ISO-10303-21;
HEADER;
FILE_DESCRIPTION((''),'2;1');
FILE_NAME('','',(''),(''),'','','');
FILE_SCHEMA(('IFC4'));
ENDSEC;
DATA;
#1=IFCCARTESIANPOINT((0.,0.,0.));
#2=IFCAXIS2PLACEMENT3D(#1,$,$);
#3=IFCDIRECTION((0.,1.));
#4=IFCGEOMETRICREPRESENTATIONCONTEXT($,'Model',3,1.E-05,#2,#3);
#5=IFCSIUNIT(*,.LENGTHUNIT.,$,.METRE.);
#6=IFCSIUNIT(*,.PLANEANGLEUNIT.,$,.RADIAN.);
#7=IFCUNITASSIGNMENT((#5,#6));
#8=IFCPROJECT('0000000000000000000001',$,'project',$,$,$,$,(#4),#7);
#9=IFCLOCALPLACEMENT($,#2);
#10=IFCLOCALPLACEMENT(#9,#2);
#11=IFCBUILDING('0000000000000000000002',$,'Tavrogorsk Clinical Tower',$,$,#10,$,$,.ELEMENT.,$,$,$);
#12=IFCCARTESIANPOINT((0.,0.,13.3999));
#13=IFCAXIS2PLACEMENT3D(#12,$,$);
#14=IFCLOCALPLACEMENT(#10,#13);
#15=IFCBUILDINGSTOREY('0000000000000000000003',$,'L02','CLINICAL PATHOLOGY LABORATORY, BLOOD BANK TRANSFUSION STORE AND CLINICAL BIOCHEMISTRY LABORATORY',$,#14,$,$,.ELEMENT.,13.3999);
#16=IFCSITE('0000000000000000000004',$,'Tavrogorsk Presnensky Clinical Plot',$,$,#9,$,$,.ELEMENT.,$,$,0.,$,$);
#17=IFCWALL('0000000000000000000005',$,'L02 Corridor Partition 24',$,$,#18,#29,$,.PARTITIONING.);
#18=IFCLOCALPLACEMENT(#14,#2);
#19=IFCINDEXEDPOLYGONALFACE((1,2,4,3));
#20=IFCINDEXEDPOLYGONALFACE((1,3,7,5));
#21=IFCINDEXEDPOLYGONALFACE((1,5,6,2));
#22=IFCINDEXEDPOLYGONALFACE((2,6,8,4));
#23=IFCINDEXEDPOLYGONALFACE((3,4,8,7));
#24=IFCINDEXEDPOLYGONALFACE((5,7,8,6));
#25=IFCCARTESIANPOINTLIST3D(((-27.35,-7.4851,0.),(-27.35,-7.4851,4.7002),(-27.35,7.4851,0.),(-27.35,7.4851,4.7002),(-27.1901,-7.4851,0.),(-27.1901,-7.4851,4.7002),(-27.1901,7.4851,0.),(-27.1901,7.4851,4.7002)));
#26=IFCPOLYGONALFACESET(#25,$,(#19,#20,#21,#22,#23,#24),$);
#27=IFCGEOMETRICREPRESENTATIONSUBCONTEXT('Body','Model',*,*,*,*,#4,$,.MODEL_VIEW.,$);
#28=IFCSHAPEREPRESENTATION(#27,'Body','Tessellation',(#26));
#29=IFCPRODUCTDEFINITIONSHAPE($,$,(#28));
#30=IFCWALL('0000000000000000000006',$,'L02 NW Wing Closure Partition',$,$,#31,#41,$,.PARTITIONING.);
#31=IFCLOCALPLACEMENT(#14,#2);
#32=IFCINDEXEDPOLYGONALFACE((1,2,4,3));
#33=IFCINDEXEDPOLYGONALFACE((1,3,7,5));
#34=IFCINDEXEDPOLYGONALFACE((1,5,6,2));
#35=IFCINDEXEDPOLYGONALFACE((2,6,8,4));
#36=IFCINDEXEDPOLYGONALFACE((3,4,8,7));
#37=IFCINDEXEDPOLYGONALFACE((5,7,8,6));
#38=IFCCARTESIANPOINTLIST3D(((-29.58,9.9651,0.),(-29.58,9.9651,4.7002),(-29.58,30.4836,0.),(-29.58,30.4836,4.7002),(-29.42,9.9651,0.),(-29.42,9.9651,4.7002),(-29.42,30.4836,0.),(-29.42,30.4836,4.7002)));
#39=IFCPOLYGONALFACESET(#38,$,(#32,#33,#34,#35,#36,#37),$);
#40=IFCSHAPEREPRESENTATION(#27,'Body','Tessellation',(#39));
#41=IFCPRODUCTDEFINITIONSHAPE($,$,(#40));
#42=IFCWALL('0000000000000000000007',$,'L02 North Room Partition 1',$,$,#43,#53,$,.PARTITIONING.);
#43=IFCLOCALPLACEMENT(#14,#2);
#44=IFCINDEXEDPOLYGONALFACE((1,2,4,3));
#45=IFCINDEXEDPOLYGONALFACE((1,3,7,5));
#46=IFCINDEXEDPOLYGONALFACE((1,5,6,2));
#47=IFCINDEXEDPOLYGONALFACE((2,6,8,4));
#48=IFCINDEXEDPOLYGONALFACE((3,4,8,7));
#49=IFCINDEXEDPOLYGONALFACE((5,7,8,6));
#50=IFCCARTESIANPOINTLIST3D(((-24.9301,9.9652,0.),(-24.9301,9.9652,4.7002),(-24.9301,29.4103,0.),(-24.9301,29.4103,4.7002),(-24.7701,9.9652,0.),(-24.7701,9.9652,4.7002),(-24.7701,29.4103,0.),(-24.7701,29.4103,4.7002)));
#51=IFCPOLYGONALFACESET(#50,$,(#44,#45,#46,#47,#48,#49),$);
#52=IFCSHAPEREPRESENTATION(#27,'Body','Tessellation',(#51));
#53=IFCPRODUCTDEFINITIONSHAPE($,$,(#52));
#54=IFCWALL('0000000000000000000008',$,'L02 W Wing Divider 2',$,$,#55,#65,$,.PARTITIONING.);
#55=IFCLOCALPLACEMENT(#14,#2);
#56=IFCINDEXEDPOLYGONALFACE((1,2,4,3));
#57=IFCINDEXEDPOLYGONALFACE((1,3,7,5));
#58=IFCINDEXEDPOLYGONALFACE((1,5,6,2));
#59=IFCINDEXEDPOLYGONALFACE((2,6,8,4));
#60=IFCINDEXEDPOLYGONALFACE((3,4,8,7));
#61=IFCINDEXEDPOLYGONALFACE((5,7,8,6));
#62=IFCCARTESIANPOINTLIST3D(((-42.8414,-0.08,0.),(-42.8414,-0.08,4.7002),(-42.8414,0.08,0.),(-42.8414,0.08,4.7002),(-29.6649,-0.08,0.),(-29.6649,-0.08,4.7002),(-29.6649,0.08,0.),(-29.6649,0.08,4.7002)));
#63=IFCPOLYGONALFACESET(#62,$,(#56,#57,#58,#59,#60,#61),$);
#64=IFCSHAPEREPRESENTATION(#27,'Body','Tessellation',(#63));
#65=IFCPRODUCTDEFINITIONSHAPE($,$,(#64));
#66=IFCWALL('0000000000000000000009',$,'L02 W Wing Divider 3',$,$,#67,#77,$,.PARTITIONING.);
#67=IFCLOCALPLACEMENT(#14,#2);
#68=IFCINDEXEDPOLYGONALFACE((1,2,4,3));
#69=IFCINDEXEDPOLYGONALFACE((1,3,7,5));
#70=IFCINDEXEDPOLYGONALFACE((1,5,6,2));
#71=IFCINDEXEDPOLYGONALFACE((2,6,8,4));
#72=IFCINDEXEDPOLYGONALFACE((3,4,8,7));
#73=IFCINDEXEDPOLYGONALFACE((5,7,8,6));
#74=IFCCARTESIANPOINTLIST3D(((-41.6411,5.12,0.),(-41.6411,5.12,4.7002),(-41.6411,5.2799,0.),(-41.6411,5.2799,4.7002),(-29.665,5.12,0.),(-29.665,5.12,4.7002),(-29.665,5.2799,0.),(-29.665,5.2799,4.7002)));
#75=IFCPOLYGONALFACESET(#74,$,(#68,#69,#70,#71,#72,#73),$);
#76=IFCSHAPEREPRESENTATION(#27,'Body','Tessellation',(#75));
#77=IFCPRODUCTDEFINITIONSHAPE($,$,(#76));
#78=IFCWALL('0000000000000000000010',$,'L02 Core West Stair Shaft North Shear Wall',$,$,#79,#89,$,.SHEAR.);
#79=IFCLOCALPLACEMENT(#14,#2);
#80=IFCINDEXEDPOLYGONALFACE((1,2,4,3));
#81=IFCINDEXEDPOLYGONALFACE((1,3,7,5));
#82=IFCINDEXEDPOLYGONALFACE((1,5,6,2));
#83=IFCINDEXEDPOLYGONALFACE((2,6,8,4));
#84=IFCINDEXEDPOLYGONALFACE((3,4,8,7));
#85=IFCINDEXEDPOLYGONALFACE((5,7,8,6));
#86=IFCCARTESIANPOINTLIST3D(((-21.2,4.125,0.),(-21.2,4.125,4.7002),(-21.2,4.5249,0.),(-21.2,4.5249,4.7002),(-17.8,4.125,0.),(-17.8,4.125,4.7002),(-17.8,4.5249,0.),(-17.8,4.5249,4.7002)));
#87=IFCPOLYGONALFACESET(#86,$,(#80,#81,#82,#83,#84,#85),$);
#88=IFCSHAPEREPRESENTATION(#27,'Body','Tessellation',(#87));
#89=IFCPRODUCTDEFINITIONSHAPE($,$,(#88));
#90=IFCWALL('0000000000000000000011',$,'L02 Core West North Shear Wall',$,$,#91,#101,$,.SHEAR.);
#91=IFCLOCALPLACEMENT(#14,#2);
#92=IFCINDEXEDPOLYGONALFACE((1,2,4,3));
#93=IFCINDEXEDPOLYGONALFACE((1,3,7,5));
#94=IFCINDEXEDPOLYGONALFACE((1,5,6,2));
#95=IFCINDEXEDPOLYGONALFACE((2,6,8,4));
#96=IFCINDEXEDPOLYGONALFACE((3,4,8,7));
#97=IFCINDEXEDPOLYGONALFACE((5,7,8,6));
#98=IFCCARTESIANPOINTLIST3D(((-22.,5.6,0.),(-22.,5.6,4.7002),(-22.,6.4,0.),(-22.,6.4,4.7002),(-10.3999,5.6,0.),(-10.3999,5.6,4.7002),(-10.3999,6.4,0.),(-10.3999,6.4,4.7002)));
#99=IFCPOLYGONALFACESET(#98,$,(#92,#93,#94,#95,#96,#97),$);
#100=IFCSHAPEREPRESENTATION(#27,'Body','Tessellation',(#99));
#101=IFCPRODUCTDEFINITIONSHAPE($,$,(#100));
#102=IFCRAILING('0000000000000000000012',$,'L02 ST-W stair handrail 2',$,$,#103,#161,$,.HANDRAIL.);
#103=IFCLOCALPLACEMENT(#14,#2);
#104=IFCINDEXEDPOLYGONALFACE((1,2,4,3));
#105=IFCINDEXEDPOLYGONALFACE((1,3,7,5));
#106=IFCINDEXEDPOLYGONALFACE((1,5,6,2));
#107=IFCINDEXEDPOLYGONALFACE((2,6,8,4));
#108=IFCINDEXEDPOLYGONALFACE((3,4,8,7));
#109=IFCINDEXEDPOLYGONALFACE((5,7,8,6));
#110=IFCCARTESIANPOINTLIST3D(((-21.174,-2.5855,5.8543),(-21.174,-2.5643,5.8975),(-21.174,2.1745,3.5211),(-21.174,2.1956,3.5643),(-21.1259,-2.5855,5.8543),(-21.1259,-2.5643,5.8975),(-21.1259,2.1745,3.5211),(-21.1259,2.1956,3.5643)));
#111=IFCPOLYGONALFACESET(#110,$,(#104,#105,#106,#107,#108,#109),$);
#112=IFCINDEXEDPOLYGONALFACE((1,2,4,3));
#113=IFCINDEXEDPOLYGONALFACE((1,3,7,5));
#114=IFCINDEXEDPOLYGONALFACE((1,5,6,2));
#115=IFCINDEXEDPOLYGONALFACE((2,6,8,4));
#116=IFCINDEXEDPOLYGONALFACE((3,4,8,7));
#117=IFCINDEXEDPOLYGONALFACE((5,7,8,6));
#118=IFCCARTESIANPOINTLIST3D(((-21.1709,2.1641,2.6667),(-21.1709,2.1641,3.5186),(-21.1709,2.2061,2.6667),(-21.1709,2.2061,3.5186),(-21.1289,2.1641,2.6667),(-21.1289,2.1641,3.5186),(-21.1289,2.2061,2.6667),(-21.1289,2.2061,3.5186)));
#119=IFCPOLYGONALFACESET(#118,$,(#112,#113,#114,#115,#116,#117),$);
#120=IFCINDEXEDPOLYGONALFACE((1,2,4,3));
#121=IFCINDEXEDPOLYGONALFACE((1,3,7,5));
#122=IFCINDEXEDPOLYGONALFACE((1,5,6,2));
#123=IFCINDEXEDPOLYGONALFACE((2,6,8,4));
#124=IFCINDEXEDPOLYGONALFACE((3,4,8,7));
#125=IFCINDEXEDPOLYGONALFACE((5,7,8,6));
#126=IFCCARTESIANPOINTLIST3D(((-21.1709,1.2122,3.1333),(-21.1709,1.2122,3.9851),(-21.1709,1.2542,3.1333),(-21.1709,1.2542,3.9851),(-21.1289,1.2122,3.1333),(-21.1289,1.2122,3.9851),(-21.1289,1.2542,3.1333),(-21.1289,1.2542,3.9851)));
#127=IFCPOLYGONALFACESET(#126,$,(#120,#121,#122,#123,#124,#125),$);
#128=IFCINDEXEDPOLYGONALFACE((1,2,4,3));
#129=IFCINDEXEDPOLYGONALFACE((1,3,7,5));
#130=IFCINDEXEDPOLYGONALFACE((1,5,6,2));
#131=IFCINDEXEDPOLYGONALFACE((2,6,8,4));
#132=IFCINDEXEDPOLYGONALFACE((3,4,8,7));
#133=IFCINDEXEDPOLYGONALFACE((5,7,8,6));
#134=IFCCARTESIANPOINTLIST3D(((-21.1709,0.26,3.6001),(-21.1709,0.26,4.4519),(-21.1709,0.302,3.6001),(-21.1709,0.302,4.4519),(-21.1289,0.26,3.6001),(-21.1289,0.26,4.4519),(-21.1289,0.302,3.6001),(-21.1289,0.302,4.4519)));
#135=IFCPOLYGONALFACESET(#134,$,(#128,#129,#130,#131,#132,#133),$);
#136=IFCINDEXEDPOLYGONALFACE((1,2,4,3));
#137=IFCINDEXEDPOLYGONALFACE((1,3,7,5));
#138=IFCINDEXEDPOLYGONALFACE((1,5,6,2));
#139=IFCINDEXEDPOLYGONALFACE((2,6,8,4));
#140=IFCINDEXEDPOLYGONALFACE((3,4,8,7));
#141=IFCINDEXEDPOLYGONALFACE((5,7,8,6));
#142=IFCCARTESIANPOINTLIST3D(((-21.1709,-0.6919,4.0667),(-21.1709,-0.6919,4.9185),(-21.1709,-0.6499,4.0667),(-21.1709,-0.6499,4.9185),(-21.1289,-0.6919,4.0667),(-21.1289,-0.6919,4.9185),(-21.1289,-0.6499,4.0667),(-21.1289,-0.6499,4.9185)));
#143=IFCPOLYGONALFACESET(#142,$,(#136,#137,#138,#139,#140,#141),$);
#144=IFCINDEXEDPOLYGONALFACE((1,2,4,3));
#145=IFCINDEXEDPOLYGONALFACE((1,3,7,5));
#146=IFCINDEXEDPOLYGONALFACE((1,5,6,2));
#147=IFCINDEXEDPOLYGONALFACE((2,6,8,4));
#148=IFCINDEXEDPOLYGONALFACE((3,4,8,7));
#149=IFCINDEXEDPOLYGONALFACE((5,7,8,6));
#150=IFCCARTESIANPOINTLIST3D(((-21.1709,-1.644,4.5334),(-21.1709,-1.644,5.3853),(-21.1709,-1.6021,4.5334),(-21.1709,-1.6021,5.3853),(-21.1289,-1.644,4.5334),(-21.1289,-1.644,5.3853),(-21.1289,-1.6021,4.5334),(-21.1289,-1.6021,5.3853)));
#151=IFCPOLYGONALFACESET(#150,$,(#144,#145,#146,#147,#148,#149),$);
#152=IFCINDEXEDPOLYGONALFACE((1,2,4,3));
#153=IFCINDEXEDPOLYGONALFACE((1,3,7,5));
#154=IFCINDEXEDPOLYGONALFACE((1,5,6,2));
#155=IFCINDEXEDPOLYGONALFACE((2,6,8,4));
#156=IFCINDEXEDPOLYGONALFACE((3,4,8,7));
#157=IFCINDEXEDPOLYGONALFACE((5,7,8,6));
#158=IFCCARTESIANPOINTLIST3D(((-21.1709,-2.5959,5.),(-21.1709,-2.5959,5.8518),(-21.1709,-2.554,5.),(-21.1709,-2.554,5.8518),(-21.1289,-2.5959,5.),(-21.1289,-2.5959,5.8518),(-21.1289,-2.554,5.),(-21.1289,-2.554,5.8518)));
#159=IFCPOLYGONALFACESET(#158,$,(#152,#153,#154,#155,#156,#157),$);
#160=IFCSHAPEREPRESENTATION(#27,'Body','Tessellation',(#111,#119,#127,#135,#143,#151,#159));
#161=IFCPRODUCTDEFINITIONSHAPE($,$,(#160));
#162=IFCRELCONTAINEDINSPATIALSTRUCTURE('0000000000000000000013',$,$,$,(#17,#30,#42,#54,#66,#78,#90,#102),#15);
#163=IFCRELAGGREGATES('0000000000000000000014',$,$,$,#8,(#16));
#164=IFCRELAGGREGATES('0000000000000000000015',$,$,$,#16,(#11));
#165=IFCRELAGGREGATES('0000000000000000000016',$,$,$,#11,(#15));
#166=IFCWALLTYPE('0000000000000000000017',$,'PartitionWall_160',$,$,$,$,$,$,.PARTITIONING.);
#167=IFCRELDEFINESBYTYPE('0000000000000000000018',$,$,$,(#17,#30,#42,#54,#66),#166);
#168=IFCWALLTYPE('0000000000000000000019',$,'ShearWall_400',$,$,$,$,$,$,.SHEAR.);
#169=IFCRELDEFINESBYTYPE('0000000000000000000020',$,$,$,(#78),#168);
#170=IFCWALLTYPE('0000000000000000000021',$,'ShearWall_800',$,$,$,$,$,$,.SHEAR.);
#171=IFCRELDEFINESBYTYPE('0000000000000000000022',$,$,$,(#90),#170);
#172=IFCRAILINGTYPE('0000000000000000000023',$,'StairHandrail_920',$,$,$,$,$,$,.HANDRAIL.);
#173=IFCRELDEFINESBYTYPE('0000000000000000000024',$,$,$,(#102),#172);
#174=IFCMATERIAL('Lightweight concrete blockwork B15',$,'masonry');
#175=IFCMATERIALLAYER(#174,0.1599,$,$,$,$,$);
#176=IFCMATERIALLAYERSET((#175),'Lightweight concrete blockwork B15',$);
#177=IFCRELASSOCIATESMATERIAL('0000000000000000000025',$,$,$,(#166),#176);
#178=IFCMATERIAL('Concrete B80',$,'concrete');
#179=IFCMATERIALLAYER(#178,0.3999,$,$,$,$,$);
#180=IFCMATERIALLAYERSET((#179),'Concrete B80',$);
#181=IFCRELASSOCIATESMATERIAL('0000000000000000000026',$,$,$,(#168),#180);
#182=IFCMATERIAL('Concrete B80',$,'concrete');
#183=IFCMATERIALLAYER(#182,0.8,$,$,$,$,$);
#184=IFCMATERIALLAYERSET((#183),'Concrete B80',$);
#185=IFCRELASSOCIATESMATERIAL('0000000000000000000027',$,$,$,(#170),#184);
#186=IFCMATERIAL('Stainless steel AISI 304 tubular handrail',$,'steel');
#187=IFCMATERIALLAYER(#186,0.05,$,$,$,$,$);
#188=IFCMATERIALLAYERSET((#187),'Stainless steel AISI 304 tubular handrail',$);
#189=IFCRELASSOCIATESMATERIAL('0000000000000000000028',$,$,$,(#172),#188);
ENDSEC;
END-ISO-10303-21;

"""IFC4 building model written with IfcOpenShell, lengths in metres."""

from ifc_helpers import new_model, si_unit, direction, frame, frame_2d, origin, origin_2d, place, context, subcontext, project, spatial, rectangle, extrude, material, layer, layer_set, type_object, element, save


model = new_model("IFC4")

# Units and contexts
model_context = context("Model", 3, precision=1e-05, world=origin(), true_north=direction((0.0, 1.0)))
body_context = subcontext(model_context, "Body", "Model", "MODEL_VIEW")
ifc_project = project(units=[si_unit("LENGTHUNIT", "METRE"), si_unit("PLANEANGLEUNIT", "RADIAN")], contexts=[model_context])

# Site, building, storey
site_placement = place(None, origin())
site = spatial("IfcSite", under=ifc_project, at=site_placement, Name="Tavrogorsk Presnensky Clinical Plot", CompositionType="ELEMENT", RefElevation=0.0)
building_placement = place(site_placement, origin())
building = spatial("IfcBuilding", under=site, at=building_placement, Name="Tavrogorsk Clinical Tower", CompositionType="ELEMENT")
storey_placement = place(building_placement, frame((0.0, 0.0, 13.3999)))
storey = spatial("IfcBuildingStorey", under=building, at=storey_placement, Name="L02", Description="CLINICAL PATHOLOGY LABORATORY, BLOOD BANK TRANSFUSION STORE AND CLINICAL BIOCHEMISTRY LABORATORY", CompositionType="ELEMENT", Elevation=13.3999)

# Shared definitions
ifc_material_1 = material(Name="Lightweight concrete blockwork B15", Category="masonry")
ifc_layer_1 = layer(ifc_material_1, 0.1599)
ifc_layer_set_1 = layer_set([ifc_layer_1], Name="Lightweight concrete blockwork B15")
wall_type_1 = type_object("IfcWallType", Name="PartitionWall_160", PredefinedType="PARTITIONING", material=ifc_layer_set_1)

# Walls
wall_1_placement = place(storey_placement, frame((-27.27, 7.4851, 0.0), z_axis=(0.0, 0.0, 1.0), x_axis=(0.0, -1.0, 0.0)))
element("IfcWall", 1, at=wall_1_placement, inside=storey, type_object=wall_type_1, Name="L02 Corridor Partition 24", PredefinedType="PARTITIONING", context=body_context, shape_type="SweptSolid", body=[
    extrude(rectangle(XDim=14.9702, YDim=0.1599, at=frame_2d((7.4851, 0.0))), origin(), (0.0, 0.0, 1.0), 4.7002),
])
wall_2_placement = place(storey_placement, frame((-29.5, 9.9651, 0.0), z_axis=(0.0, 0.0, 1.0), x_axis=(0.0, 1.0, 0.0)))
element("IfcWall", 2, at=wall_2_placement, inside=storey, type_object=wall_type_1, Name="L02 NW Wing Closure Partition", PredefinedType="PARTITIONING", context=body_context, shape_type="SweptSolid", body=[
    extrude(rectangle(XDim=20.5186, YDim=0.1599, at=frame_2d((10.2593, 0.0))), origin(), (0.0, 0.0, 1.0), 4.7002),
])
wall_3_placement = place(storey_placement, frame((-24.8501, 9.9651, 0.0), z_axis=(0.0, 0.0, 1.0), x_axis=(0.0, 1.0, 0.0)))
element("IfcWall", 3, at=wall_3_placement, inside=storey, type_object=wall_type_1, Name="L02 North Room Partition 1", PredefinedType="PARTITIONING", context=body_context, shape_type="SweptSolid", body=[
    extrude(rectangle(XDim=19.4451, YDim=0.1599, at=frame_2d((9.7227, 0.0))), origin(), (0.0, 0.0, 1.0), 4.7002),
])
wall_4_placement = place(storey_placement, frame((-42.8416, 0.0, 0.0), z_axis=(0.0, 0.0, 1.0), x_axis=(1.0, 0.0, 0.0)))
element("IfcWall", 4, at=wall_4_placement, inside=storey, type_object=wall_type_1, Name="L02 W Wing Divider 2", PredefinedType="PARTITIONING", context=body_context, shape_type="SweptSolid", body=[
    extrude(rectangle(XDim=13.1765, YDim=0.1599, at=frame_2d((6.5884, 0.0))), origin(), (0.0, 0.0, 1.0), 4.7002),
])
wall_5_placement = place(storey_placement, frame((-41.6411, 5.2, 0.0), z_axis=(0.0, 0.0, 1.0), x_axis=(1.0, 0.0, 0.0)))
element("IfcWall", 5, at=wall_5_placement, inside=storey, type_object=wall_type_1, Name="L02 W Wing Divider 3", PredefinedType="PARTITIONING", context=body_context, shape_type="SweptSolid", body=[
    extrude(rectangle(XDim=11.9761, YDim=0.1599, at=frame_2d((5.988, 0.0))), origin(), (0.0, 0.0, 1.0), 4.7002),
])
ifc_material_2 = material(Name="Concrete B80", Category="concrete")
ifc_layer_2 = layer(ifc_material_2, 0.3999)
ifc_layer_set_2 = layer_set([ifc_layer_2], Name="Concrete B80")
wall_type_2 = type_object("IfcWallType", Name="ShearWall_400", PredefinedType="SHEAR", material=ifc_layer_set_2)
wall_6_placement = place(storey_placement, frame((-21.2, 4.325, 0.0), z_axis=(0.0, 0.0, 1.0), x_axis=(1.0, 0.0, 0.0)))
element("IfcWall", 6, at=wall_6_placement, inside=storey, type_object=wall_type_2, Name="L02 Core West Stair Shaft North Shear Wall", PredefinedType="SHEAR", context=body_context, shape_type="SweptSolid", body=[
    extrude(rectangle(XDim=3.3999, YDim=0.3999, at=frame_2d((1.7, 0.0))), origin(), (0.0, 0.0, 1.0), 4.7002),
])
ifc_material_3 = material(Name="Concrete B80", Category="concrete")
ifc_layer_3 = layer(ifc_material_3, 0.8)
ifc_layer_set_3 = layer_set([ifc_layer_3], Name="Concrete B80")
wall_type_3 = type_object("IfcWallType", Name="ShearWall_800", PredefinedType="SHEAR", material=ifc_layer_set_3)
wall_7_placement = place(storey_placement, frame((-22.0, 6.0, 0.0), z_axis=(0.0, 0.0, 1.0), x_axis=(1.0, 0.0, 0.0)))
element("IfcWall", 7, at=wall_7_placement, inside=storey, type_object=wall_type_3, Name="L02 Core West North Shear Wall", PredefinedType="SHEAR", context=body_context, shape_type="SweptSolid", body=[
    extrude(rectangle(XDim=11.6001, YDim=0.8, at=frame_2d((5.8, 0.0))), origin(), (0.0, 0.0, 1.0), 4.7002),
])

# Railing
ifc_material_4 = material(Name="Stainless steel AISI 304 tubular handrail", Category="steel")
ifc_layer_4 = layer(ifc_material_4, 0.05)
ifc_layer_set_4 = layer_set([ifc_layer_4], Name="Stainless steel AISI 304 tubular handrail")
railing_type = type_object("IfcRailingType", Name="StairHandrail_920", PredefinedType="HANDRAIL", material=ifc_layer_set_4)
railing_placement = place(storey_placement, frame((-21.1499, 2.1851, 2.6667)))
element("IfcRailing", 8, at=railing_placement, inside=storey, type_object=railing_type, Name="L02 ST-W stair handrail 2", PredefinedType="HANDRAIL", context=body_context, shape_type="SweptSolid", body=[
    extrude(rectangle(XDim=0.0481, YDim=0.0481, at=origin_2d()), frame((0.0, 0.0, 0.876), z_axis=(0.0, -0.897927, 0.440144), x_axis=(1.0, 0.0, 0.0)), (0.0, 0.0, 1.0), 5.301),
    extrude(rectangle(XDim=0.042, YDim=0.042, at=origin_2d()), origin(), (0.0, 0.0, 1.0), 0.8518),
    extrude(rectangle(XDim=0.042, YDim=0.042, at=origin_2d()), frame((0.0, -0.9519, 0.4666)), (0.0, 0.0, 1.0), 0.8518),
    extrude(rectangle(XDim=0.042, YDim=0.042, at=origin_2d()), frame((0.0, -1.9041, 0.9333)), (0.0, 0.0, 1.0), 0.8518),
    extrude(rectangle(XDim=0.042, YDim=0.042, at=origin_2d()), frame((0.0, -2.856, 1.3999)), (0.0, 0.0, 1.0), 0.8518),
    extrude(rectangle(XDim=0.042, YDim=0.042, at=origin_2d()), frame((0.0, -3.8081, 1.8667)), (0.0, 0.0, 1.0), 0.8518),
    extrude(rectangle(XDim=0.042, YDim=0.042, at=origin_2d()), frame((0.0, -4.76, 2.3333)), (0.0, 0.0, 1.0), 0.8518),
])

save(model, "model.ifc")
